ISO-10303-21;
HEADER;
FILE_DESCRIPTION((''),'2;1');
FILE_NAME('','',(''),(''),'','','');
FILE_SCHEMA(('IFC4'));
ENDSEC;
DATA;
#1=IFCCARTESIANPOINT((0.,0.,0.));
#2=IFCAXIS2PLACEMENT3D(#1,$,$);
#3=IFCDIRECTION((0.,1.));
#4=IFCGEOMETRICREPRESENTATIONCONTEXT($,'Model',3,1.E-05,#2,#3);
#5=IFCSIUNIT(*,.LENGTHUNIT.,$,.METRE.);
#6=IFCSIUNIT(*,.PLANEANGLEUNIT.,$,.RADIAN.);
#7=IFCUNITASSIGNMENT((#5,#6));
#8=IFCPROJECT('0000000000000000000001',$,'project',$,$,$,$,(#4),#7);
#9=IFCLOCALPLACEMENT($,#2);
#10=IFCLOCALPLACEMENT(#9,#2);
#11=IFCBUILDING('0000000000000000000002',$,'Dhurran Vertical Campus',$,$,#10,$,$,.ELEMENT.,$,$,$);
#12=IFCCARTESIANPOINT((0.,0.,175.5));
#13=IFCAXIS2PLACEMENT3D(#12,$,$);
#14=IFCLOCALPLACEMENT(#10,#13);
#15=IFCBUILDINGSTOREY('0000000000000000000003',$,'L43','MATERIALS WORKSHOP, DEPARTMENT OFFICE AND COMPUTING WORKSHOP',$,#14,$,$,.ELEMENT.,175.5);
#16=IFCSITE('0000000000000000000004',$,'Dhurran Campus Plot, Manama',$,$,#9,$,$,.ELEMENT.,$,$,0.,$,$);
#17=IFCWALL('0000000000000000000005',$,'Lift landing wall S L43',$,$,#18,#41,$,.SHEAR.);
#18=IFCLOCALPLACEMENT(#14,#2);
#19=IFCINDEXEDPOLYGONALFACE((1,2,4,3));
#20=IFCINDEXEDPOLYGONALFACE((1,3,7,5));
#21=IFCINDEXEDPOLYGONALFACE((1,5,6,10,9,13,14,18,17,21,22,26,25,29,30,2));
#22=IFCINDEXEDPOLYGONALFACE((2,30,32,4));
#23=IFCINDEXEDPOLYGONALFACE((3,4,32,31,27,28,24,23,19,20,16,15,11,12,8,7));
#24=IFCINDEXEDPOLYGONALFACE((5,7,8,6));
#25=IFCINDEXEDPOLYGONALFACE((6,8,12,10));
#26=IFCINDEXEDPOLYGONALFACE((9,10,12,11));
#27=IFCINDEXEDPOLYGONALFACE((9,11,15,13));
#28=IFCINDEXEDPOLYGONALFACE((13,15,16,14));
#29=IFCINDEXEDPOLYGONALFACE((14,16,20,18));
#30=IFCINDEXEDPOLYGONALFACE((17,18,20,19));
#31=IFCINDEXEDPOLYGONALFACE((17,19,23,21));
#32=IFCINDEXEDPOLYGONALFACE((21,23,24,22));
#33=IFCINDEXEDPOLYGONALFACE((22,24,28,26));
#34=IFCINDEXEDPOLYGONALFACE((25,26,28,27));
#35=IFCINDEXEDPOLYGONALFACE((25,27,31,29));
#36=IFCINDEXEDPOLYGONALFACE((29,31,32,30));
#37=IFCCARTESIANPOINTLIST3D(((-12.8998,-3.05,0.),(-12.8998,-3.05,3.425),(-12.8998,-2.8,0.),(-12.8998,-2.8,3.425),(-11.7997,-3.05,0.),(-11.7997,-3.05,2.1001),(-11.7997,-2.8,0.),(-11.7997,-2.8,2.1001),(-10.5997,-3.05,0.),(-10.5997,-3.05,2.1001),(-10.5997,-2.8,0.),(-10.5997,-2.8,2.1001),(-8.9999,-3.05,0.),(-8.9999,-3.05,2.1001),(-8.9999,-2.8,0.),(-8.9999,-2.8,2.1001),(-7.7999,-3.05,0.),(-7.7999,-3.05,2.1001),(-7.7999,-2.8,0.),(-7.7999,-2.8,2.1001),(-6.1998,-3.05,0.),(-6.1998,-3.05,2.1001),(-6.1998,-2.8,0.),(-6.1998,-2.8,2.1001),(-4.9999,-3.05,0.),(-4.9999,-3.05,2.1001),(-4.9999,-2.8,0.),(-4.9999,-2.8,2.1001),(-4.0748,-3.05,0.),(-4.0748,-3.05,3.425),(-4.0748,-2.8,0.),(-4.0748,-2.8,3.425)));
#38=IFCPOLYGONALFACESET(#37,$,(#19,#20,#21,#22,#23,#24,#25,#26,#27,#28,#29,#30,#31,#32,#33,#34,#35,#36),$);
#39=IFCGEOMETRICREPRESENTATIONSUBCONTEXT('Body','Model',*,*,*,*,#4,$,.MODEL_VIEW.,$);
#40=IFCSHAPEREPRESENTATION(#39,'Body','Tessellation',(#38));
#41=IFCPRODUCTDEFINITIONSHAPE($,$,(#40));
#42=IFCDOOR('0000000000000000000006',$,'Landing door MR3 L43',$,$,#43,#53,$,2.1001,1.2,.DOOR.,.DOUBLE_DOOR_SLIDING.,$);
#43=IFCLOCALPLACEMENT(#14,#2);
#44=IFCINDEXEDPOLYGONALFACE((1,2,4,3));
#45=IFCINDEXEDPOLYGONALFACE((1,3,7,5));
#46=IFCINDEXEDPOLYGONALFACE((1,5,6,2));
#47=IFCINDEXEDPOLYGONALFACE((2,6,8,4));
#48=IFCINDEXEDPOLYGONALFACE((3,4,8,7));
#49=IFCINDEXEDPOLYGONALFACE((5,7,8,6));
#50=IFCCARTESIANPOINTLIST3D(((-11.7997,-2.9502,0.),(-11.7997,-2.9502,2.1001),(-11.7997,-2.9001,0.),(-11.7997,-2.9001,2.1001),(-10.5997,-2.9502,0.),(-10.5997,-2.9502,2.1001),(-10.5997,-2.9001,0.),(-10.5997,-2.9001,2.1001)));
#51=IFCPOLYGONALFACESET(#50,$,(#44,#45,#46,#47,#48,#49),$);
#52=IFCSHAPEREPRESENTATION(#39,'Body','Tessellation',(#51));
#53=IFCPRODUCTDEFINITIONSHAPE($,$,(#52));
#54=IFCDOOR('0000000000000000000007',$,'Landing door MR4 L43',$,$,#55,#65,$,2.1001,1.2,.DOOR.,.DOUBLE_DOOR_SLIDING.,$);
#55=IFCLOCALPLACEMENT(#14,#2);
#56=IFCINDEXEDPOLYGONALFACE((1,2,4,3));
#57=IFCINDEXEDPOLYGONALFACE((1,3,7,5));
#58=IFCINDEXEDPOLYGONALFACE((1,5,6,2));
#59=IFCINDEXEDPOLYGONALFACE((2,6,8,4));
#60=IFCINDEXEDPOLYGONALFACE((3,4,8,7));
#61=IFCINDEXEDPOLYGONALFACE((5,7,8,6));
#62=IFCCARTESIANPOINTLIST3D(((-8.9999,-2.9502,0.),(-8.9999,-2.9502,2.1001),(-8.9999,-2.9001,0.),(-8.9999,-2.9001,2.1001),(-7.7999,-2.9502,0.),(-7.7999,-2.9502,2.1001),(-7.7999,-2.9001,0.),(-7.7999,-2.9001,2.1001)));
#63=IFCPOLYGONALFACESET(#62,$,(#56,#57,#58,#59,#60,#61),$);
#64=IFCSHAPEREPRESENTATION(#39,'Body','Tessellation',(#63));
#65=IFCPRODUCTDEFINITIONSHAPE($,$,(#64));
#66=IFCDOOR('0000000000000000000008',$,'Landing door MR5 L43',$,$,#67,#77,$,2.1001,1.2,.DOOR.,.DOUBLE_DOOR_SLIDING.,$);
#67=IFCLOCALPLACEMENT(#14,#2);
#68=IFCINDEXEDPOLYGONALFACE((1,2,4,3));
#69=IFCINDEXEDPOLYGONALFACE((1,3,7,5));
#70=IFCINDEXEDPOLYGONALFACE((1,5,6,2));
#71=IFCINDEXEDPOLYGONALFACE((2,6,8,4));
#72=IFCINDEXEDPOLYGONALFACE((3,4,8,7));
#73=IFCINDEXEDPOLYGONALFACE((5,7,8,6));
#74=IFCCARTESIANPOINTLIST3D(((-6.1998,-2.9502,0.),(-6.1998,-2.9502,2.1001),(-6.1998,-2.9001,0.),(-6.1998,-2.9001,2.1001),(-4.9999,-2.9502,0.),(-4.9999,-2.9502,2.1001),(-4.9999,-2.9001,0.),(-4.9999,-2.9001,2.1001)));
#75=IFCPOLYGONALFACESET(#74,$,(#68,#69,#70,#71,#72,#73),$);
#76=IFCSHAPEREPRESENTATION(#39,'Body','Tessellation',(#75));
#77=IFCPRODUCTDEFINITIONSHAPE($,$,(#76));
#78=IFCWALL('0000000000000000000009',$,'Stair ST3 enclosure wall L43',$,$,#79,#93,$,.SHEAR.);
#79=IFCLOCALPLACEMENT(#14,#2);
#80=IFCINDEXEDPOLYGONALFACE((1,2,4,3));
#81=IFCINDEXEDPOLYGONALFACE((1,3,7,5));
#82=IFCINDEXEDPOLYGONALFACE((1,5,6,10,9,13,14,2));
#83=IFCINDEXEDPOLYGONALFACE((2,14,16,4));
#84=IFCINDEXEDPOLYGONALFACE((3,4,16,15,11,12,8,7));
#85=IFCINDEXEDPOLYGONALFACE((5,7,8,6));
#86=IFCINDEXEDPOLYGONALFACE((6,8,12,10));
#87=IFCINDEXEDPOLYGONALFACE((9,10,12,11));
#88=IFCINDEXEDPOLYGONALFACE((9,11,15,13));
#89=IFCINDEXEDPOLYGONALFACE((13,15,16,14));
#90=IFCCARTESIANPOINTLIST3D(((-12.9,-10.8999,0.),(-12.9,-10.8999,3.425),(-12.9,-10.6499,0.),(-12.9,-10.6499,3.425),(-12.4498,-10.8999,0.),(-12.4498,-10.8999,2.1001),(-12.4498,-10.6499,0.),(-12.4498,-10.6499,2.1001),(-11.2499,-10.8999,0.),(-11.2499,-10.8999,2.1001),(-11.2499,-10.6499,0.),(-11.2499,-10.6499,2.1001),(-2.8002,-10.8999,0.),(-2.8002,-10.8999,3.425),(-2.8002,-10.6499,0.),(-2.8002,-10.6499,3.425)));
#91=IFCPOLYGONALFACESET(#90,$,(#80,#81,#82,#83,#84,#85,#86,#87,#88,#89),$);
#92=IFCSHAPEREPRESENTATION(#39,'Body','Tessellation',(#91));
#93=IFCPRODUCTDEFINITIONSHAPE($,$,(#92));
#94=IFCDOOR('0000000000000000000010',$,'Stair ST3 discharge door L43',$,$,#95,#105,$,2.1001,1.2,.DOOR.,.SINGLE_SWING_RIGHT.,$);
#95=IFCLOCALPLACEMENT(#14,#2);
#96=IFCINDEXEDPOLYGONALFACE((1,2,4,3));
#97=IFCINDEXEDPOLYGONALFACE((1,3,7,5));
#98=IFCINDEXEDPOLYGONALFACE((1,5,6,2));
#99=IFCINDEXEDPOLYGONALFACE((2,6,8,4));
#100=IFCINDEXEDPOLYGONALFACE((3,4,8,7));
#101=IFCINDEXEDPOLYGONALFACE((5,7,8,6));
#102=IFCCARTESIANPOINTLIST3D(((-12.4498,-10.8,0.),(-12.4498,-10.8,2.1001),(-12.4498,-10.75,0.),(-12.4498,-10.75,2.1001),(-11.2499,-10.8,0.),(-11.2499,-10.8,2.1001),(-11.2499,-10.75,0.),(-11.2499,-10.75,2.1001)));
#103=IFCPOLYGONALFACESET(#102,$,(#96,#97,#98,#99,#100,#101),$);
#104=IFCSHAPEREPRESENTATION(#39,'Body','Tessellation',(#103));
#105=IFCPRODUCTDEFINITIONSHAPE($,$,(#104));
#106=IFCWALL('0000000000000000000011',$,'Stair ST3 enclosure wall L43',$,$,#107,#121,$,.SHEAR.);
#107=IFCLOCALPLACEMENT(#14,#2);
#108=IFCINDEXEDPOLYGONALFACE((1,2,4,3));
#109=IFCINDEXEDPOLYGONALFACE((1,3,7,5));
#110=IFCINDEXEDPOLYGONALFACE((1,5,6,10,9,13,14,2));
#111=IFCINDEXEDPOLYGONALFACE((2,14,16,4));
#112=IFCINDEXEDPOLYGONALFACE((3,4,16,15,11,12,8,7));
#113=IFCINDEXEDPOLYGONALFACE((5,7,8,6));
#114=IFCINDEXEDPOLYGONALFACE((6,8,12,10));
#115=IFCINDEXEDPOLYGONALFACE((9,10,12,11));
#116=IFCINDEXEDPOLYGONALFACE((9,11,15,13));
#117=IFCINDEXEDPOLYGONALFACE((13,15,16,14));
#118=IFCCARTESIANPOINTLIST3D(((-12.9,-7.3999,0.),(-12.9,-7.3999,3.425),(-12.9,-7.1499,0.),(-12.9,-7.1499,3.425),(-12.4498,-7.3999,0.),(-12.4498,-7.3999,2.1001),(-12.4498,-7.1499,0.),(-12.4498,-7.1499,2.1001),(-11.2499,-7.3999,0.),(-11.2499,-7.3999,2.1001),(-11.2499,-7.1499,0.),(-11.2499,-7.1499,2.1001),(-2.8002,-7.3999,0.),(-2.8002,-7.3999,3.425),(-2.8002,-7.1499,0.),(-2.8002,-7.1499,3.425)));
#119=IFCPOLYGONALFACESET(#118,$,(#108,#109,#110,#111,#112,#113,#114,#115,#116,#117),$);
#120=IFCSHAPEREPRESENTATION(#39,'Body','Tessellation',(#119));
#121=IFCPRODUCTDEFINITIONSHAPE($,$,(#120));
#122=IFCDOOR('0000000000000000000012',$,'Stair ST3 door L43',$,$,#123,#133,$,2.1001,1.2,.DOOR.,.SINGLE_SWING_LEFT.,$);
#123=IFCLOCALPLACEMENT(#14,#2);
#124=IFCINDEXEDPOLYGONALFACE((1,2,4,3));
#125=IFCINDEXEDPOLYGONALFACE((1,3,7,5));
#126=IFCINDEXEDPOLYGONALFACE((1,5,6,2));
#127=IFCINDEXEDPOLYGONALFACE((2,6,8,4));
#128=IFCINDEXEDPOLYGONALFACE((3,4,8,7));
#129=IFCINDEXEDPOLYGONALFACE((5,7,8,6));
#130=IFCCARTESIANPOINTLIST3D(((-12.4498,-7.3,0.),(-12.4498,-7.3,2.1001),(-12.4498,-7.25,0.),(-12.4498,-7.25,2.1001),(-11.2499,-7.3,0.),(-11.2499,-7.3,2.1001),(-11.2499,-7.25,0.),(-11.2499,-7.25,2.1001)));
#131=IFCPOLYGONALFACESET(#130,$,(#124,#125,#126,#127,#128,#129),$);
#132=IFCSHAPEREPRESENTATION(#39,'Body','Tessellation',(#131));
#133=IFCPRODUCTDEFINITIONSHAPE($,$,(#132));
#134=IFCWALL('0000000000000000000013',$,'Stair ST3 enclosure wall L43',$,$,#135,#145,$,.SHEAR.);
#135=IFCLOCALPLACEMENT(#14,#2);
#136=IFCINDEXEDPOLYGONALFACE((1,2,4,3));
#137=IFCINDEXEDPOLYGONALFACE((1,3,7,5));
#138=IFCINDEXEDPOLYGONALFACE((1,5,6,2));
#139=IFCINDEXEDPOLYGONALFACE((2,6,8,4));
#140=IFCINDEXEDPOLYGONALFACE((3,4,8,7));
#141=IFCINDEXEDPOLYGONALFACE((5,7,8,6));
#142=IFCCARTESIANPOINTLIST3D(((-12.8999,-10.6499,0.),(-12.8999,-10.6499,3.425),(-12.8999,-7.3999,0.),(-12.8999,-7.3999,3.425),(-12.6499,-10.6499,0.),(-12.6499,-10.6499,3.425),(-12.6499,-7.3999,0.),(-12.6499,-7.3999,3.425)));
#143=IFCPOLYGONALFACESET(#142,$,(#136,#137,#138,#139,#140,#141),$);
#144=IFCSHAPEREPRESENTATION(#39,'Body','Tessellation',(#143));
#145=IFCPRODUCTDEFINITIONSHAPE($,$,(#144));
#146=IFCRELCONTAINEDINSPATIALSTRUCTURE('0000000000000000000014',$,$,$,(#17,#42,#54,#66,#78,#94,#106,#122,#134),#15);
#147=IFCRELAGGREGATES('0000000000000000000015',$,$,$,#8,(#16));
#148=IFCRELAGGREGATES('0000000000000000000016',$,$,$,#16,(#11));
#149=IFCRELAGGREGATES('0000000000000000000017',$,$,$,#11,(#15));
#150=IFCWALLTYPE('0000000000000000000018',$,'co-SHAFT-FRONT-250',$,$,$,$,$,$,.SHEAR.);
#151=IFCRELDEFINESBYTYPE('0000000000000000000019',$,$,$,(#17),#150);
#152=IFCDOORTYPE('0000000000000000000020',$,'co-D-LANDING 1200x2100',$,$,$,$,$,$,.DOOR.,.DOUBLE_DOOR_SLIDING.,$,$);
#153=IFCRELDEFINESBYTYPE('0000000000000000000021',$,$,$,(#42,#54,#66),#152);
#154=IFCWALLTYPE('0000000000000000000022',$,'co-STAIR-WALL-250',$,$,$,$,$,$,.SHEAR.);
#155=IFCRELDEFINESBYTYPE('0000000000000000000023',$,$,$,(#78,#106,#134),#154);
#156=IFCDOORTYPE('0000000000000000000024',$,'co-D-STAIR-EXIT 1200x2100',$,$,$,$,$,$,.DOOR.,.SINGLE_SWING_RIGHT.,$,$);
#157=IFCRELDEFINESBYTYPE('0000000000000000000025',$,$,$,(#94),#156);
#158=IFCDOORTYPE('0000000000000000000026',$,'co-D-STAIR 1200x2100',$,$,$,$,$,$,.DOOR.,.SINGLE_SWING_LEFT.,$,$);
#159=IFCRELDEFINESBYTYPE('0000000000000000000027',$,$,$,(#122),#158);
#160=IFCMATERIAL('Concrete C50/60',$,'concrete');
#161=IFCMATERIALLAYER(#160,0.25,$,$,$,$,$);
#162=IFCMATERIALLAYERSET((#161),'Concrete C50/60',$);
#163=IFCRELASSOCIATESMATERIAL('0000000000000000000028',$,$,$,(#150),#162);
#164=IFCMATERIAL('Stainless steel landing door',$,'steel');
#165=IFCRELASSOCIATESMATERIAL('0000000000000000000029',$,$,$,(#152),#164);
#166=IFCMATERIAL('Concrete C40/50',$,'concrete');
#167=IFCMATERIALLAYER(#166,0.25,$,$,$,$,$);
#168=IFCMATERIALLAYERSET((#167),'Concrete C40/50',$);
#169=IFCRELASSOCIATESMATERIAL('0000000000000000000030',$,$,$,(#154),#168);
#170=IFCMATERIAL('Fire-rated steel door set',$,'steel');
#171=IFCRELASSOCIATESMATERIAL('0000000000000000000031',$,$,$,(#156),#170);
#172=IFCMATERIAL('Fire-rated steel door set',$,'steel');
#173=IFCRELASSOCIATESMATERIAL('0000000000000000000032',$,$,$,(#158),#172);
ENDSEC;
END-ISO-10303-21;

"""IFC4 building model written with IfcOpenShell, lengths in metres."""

from ifc_helpers import new_model, si_unit, direction, frame, frame_2d, origin, place, context, subcontext, project, spatial, rectangle, extrude, material, layer, layer_set, type_object, element, fill, save


model = new_model("IFC4")

# Units and contexts
model_context = context("Model", 3, precision=1e-05, world=origin(), true_north=direction((0.0, 1.0)))
body_context = subcontext(model_context, "Body", "Model", "MODEL_VIEW")
ifc_project = project(units=[si_unit("LENGTHUNIT", "METRE"), si_unit("PLANEANGLEUNIT", "RADIAN")], contexts=[model_context])

# Site, building, storey
site_placement = place(None, origin())
site = spatial("IfcSite", under=ifc_project, at=site_placement, Name="Dhurran Campus Plot, Manama", CompositionType="ELEMENT", RefElevation=0.0)
building_placement = place(site_placement, origin())
building = spatial("IfcBuilding", under=site, at=building_placement, Name="Dhurran Vertical Campus", CompositionType="ELEMENT")
storey_placement = place(building_placement, frame((0.0, 0.0, 175.5)))
storey = spatial("IfcBuildingStorey", under=building, at=storey_placement, Name="L43", Description="MATERIALS WORKSHOP, DEPARTMENT OFFICE AND COMPUTING WORKSHOP", CompositionType="ELEMENT", Elevation=175.5)

# Wall, openings, doors
ifc_material_1 = material(Name="Concrete C50/60", Category="concrete")
ifc_layer_1 = layer(ifc_material_1, 0.25)
ifc_layer_set_1 = layer_set([ifc_layer_1], Name="Concrete C50/60")
wall_type_1 = type_object("IfcWallType", Name="co-SHAFT-FRONT-250", PredefinedType="SHEAR", material=ifc_layer_set_1)
wall_1_placement = place(storey_placement, frame((-12.8999, -2.925, 0.0), z_axis=(0.0, 0.0, 1.0), x_axis=(1.0, 0.0, 0.0)))
wall_1 = element("IfcWall", 1, at=wall_1_placement, inside=storey, type_object=wall_type_1, Name="Lift landing wall S L43", PredefinedType="SHEAR", context=body_context, shape_type="SweptSolid", body=[
    extrude(rectangle(XDim=8.825, YDim=0.25, at=frame_2d((4.4126, 0.0))), origin(), (0.0, 0.0, 1.0), 3.425),
])
opening_1_placement = place(wall_1_placement, frame((1.1001, 0.0, 0.0)))
opening_1 = element("IfcOpeningElement", 2, at=opening_1_placement, cuts=wall_1, PredefinedType="OPENING", context=body_context, shape_type="SweptSolid", body=[
    extrude(rectangle(XDim=1.2, YDim=2.1001, at=frame_2d((0.6001, 1.05))), frame((0.0, 0.135, 0.0), z_axis=(0.0, -1.0, 0.0), x_axis=(1.0, 0.0, 0.0)), (0.0, 0.0, 1.0), 0.27),
])
opening_2_placement = place(wall_1_placement, frame((3.8999, 0.0, 0.0)))
opening_2 = element("IfcOpeningElement", 3, at=opening_2_placement, cuts=wall_1, PredefinedType="OPENING", context=body_context, shape_type="SweptSolid", body=[
    extrude(rectangle(XDim=1.2, YDim=2.1001, at=frame_2d((0.6001, 1.05))), frame((0.0, 0.135, 0.0), z_axis=(0.0, -1.0, 0.0), x_axis=(1.0, 0.0, 0.0)), (0.0, 0.0, 1.0), 0.27),
])
opening_3_placement = place(wall_1_placement, frame((6.7, 0.0, 0.0)))
opening_3 = element("IfcOpeningElement", 4, at=opening_3_placement, cuts=wall_1, PredefinedType="OPENING", context=body_context, shape_type="SweptSolid", body=[
    extrude(rectangle(XDim=1.2, YDim=2.1001, at=frame_2d((0.6001, 1.05))), frame((0.0, 0.135, 0.0), z_axis=(0.0, -1.0, 0.0), x_axis=(1.0, 0.0, 0.0)), (0.0, 0.0, 1.0), 0.27),
])
ifc_material_2 = material(Name="Stainless steel landing door", Category="steel")
door_type_1 = type_object("IfcDoorType", Name="co-D-LANDING 1200x2100", OperationType="DOUBLE_DOOR_SLIDING", PredefinedType="DOOR", material=ifc_material_2)
door_1_placement = place(opening_1_placement, origin())
door_1 = element("IfcDoor", 5, at=door_1_placement, inside=storey, type_object=door_type_1, Name="Landing door MR3 L43", OperationType="DOUBLE_DOOR_SLIDING", OverallHeight=2.1001, OverallWidth=1.2, PredefinedType="DOOR", context=body_context, shape_type="SweptSolid", body=[
    extrude(rectangle(XDim=1.2, YDim=2.1001, at=frame_2d((0.6001, 1.05))), frame((0.0, 0.0249, 0.0), z_axis=(0.0, -1.0, 0.0), x_axis=(1.0, 0.0, 0.0)), (0.0, 0.0, 1.0), 0.05),
])
fill(opening_1, door_1)
door_2_placement = place(opening_2_placement, origin())
door_2 = element("IfcDoor", 6, at=door_2_placement, inside=storey, type_object=door_type_1, Name="Landing door MR4 L43", OperationType="DOUBLE_DOOR_SLIDING", OverallHeight=2.1001, OverallWidth=1.2, PredefinedType="DOOR", context=body_context, shape_type="SweptSolid", body=[
    extrude(rectangle(XDim=1.2, YDim=2.1001, at=frame_2d((0.6001, 1.05))), frame((0.0, 0.0249, 0.0), z_axis=(0.0, -1.0, 0.0), x_axis=(1.0, 0.0, 0.0)), (0.0, 0.0, 1.0), 0.05),
])
fill(opening_2, door_2)
door_3_placement = place(opening_3_placement, origin())
door_3 = element("IfcDoor", 7, at=door_3_placement, inside=storey, type_object=door_type_1, Name="Landing door MR5 L43", OperationType="DOUBLE_DOOR_SLIDING", OverallHeight=2.1001, OverallWidth=1.2, PredefinedType="DOOR", context=body_context, shape_type="SweptSolid", body=[
    extrude(rectangle(XDim=1.2, YDim=2.1001, at=frame_2d((0.6001, 1.05))), frame((0.0, 0.0249, 0.0), z_axis=(0.0, -1.0, 0.0), x_axis=(1.0, 0.0, 0.0)), (0.0, 0.0, 1.0), 0.05),
])
fill(opening_3, door_3)

# Walls, openings, doors
ifc_material_3 = material(Name="Concrete C40/50", Category="concrete")
ifc_layer_2 = layer(ifc_material_3, 0.25)
ifc_layer_set_2 = layer_set([ifc_layer_2], Name="Concrete C40/50")
wall_type_2 = type_object("IfcWallType", Name="co-STAIR-WALL-250", PredefinedType="SHEAR", material=ifc_layer_set_2)
wall_2_placement = place(storey_placement, frame((-12.8999, -10.7749, 0.0), z_axis=(0.0, 0.0, 1.0), x_axis=(1.0, 0.0, 0.0)))
wall_2 = element("IfcWall", 8, at=wall_2_placement, inside=storey, type_object=wall_type_2, Name="Stair ST3 enclosure wall L43", PredefinedType="SHEAR", context=body_context, shape_type="SweptSolid", body=[
    extrude(rectangle(XDim=10.0999, YDim=0.25, at=frame_2d((5.0498, 0.0))), origin(), (0.0, 0.0, 1.0), 3.425),
])
opening_4_placement = place(wall_2_placement, frame((0.45, 0.0, 0.0)))
opening_4 = element("IfcOpeningElement", 9, at=opening_4_placement, cuts=wall_2, PredefinedType="OPENING", context=body_context, shape_type="SweptSolid", body=[
    extrude(rectangle(XDim=1.2, YDim=2.1001, at=frame_2d((0.6001, 1.05))), frame((0.0, 0.135, 0.0), z_axis=(0.0, -1.0, 0.0), x_axis=(1.0, 0.0, 0.0)), (0.0, 0.0, 1.0), 0.27),
])
ifc_material_4 = material(Name="Fire-rated steel door set", Category="steel")
door_type_2 = type_object("IfcDoorType", Name="co-D-STAIR-EXIT 1200x2100", OperationType="SINGLE_SWING_RIGHT", PredefinedType="DOOR", material=ifc_material_4)
door_4_placement = place(opening_4_placement, origin())
door_4 = element("IfcDoor", 10, at=door_4_placement, inside=storey, type_object=door_type_2, Name="Stair ST3 discharge door L43", OperationType="SINGLE_SWING_RIGHT", OverallHeight=2.1001, OverallWidth=1.2, PredefinedType="DOOR", context=body_context, shape_type="SweptSolid", body=[
    extrude(rectangle(XDim=1.2, YDim=2.1001, at=frame_2d((0.6001, 1.05))), frame((0.0, 0.0249, 0.0), z_axis=(0.0, -1.0, 0.0), x_axis=(1.0, 0.0, 0.0)), (0.0, 0.0, 1.0), 0.05),
])
fill(opening_4, door_4)
wall_3_placement = place(storey_placement, frame((-12.8999, -7.2749, 0.0), z_axis=(0.0, 0.0, 1.0), x_axis=(1.0, 0.0, 0.0)))
wall_3 = element("IfcWall", 11, at=wall_3_placement, inside=storey, type_object=wall_type_2, Name="Stair ST3 enclosure wall L43", PredefinedType="SHEAR", context=body_context, shape_type="SweptSolid", body=[
    extrude(rectangle(XDim=10.0999, YDim=0.25, at=frame_2d((5.0498, 0.0))), origin(), (0.0, 0.0, 1.0), 3.425),
])
opening_5_placement = place(wall_3_placement, frame((0.45, 0.0, 0.0)))
opening_5 = element("IfcOpeningElement", 12, at=opening_5_placement, cuts=wall_3, PredefinedType="OPENING", context=body_context, shape_type="SweptSolid", body=[
    extrude(rectangle(XDim=1.2, YDim=2.1001, at=frame_2d((0.6001, 1.05))), frame((0.0, 0.135, 0.0), z_axis=(0.0, -1.0, 0.0), x_axis=(1.0, 0.0, 0.0)), (0.0, 0.0, 1.0), 0.27),
])
ifc_material_5 = material(Name="Fire-rated steel door set", Category="steel")
door_type_3 = type_object("IfcDoorType", Name="co-D-STAIR 1200x2100", OperationType="SINGLE_SWING_LEFT", PredefinedType="DOOR", material=ifc_material_5)
door_5_placement = place(opening_5_placement, origin())
door_5 = element("IfcDoor", 13, at=door_5_placement, inside=storey, type_object=door_type_3, Name="Stair ST3 door L43", OperationType="SINGLE_SWING_LEFT", OverallHeight=2.1001, OverallWidth=1.2, PredefinedType="DOOR", context=body_context, shape_type="SweptSolid", body=[
    extrude(rectangle(XDim=1.2, YDim=2.1001, at=frame_2d((0.6001, 1.05))), frame((0.0, 0.0249, 0.0), z_axis=(0.0, -1.0, 0.0), x_axis=(1.0, 0.0, 0.0)), (0.0, 0.0, 1.0), 0.05),
])
fill(opening_5, door_5)

# Wall
wall_4_placement = place(storey_placement, frame((-12.7749, -10.6499, 0.0), z_axis=(0.0, 0.0, 1.0), x_axis=(0.0, 1.0, 0.0)))
element("IfcWall", 14, at=wall_4_placement, inside=storey, type_object=wall_type_2, Name="Stair ST3 enclosure wall L43", PredefinedType="SHEAR", context=body_context, shape_type="SweptSolid", body=[
    extrude(rectangle(XDim=3.25, YDim=0.25, at=frame_2d((1.625, 0.0))), origin(), (0.0, 0.0, 1.0), 3.425),
])

save(model, "model.ifc")
